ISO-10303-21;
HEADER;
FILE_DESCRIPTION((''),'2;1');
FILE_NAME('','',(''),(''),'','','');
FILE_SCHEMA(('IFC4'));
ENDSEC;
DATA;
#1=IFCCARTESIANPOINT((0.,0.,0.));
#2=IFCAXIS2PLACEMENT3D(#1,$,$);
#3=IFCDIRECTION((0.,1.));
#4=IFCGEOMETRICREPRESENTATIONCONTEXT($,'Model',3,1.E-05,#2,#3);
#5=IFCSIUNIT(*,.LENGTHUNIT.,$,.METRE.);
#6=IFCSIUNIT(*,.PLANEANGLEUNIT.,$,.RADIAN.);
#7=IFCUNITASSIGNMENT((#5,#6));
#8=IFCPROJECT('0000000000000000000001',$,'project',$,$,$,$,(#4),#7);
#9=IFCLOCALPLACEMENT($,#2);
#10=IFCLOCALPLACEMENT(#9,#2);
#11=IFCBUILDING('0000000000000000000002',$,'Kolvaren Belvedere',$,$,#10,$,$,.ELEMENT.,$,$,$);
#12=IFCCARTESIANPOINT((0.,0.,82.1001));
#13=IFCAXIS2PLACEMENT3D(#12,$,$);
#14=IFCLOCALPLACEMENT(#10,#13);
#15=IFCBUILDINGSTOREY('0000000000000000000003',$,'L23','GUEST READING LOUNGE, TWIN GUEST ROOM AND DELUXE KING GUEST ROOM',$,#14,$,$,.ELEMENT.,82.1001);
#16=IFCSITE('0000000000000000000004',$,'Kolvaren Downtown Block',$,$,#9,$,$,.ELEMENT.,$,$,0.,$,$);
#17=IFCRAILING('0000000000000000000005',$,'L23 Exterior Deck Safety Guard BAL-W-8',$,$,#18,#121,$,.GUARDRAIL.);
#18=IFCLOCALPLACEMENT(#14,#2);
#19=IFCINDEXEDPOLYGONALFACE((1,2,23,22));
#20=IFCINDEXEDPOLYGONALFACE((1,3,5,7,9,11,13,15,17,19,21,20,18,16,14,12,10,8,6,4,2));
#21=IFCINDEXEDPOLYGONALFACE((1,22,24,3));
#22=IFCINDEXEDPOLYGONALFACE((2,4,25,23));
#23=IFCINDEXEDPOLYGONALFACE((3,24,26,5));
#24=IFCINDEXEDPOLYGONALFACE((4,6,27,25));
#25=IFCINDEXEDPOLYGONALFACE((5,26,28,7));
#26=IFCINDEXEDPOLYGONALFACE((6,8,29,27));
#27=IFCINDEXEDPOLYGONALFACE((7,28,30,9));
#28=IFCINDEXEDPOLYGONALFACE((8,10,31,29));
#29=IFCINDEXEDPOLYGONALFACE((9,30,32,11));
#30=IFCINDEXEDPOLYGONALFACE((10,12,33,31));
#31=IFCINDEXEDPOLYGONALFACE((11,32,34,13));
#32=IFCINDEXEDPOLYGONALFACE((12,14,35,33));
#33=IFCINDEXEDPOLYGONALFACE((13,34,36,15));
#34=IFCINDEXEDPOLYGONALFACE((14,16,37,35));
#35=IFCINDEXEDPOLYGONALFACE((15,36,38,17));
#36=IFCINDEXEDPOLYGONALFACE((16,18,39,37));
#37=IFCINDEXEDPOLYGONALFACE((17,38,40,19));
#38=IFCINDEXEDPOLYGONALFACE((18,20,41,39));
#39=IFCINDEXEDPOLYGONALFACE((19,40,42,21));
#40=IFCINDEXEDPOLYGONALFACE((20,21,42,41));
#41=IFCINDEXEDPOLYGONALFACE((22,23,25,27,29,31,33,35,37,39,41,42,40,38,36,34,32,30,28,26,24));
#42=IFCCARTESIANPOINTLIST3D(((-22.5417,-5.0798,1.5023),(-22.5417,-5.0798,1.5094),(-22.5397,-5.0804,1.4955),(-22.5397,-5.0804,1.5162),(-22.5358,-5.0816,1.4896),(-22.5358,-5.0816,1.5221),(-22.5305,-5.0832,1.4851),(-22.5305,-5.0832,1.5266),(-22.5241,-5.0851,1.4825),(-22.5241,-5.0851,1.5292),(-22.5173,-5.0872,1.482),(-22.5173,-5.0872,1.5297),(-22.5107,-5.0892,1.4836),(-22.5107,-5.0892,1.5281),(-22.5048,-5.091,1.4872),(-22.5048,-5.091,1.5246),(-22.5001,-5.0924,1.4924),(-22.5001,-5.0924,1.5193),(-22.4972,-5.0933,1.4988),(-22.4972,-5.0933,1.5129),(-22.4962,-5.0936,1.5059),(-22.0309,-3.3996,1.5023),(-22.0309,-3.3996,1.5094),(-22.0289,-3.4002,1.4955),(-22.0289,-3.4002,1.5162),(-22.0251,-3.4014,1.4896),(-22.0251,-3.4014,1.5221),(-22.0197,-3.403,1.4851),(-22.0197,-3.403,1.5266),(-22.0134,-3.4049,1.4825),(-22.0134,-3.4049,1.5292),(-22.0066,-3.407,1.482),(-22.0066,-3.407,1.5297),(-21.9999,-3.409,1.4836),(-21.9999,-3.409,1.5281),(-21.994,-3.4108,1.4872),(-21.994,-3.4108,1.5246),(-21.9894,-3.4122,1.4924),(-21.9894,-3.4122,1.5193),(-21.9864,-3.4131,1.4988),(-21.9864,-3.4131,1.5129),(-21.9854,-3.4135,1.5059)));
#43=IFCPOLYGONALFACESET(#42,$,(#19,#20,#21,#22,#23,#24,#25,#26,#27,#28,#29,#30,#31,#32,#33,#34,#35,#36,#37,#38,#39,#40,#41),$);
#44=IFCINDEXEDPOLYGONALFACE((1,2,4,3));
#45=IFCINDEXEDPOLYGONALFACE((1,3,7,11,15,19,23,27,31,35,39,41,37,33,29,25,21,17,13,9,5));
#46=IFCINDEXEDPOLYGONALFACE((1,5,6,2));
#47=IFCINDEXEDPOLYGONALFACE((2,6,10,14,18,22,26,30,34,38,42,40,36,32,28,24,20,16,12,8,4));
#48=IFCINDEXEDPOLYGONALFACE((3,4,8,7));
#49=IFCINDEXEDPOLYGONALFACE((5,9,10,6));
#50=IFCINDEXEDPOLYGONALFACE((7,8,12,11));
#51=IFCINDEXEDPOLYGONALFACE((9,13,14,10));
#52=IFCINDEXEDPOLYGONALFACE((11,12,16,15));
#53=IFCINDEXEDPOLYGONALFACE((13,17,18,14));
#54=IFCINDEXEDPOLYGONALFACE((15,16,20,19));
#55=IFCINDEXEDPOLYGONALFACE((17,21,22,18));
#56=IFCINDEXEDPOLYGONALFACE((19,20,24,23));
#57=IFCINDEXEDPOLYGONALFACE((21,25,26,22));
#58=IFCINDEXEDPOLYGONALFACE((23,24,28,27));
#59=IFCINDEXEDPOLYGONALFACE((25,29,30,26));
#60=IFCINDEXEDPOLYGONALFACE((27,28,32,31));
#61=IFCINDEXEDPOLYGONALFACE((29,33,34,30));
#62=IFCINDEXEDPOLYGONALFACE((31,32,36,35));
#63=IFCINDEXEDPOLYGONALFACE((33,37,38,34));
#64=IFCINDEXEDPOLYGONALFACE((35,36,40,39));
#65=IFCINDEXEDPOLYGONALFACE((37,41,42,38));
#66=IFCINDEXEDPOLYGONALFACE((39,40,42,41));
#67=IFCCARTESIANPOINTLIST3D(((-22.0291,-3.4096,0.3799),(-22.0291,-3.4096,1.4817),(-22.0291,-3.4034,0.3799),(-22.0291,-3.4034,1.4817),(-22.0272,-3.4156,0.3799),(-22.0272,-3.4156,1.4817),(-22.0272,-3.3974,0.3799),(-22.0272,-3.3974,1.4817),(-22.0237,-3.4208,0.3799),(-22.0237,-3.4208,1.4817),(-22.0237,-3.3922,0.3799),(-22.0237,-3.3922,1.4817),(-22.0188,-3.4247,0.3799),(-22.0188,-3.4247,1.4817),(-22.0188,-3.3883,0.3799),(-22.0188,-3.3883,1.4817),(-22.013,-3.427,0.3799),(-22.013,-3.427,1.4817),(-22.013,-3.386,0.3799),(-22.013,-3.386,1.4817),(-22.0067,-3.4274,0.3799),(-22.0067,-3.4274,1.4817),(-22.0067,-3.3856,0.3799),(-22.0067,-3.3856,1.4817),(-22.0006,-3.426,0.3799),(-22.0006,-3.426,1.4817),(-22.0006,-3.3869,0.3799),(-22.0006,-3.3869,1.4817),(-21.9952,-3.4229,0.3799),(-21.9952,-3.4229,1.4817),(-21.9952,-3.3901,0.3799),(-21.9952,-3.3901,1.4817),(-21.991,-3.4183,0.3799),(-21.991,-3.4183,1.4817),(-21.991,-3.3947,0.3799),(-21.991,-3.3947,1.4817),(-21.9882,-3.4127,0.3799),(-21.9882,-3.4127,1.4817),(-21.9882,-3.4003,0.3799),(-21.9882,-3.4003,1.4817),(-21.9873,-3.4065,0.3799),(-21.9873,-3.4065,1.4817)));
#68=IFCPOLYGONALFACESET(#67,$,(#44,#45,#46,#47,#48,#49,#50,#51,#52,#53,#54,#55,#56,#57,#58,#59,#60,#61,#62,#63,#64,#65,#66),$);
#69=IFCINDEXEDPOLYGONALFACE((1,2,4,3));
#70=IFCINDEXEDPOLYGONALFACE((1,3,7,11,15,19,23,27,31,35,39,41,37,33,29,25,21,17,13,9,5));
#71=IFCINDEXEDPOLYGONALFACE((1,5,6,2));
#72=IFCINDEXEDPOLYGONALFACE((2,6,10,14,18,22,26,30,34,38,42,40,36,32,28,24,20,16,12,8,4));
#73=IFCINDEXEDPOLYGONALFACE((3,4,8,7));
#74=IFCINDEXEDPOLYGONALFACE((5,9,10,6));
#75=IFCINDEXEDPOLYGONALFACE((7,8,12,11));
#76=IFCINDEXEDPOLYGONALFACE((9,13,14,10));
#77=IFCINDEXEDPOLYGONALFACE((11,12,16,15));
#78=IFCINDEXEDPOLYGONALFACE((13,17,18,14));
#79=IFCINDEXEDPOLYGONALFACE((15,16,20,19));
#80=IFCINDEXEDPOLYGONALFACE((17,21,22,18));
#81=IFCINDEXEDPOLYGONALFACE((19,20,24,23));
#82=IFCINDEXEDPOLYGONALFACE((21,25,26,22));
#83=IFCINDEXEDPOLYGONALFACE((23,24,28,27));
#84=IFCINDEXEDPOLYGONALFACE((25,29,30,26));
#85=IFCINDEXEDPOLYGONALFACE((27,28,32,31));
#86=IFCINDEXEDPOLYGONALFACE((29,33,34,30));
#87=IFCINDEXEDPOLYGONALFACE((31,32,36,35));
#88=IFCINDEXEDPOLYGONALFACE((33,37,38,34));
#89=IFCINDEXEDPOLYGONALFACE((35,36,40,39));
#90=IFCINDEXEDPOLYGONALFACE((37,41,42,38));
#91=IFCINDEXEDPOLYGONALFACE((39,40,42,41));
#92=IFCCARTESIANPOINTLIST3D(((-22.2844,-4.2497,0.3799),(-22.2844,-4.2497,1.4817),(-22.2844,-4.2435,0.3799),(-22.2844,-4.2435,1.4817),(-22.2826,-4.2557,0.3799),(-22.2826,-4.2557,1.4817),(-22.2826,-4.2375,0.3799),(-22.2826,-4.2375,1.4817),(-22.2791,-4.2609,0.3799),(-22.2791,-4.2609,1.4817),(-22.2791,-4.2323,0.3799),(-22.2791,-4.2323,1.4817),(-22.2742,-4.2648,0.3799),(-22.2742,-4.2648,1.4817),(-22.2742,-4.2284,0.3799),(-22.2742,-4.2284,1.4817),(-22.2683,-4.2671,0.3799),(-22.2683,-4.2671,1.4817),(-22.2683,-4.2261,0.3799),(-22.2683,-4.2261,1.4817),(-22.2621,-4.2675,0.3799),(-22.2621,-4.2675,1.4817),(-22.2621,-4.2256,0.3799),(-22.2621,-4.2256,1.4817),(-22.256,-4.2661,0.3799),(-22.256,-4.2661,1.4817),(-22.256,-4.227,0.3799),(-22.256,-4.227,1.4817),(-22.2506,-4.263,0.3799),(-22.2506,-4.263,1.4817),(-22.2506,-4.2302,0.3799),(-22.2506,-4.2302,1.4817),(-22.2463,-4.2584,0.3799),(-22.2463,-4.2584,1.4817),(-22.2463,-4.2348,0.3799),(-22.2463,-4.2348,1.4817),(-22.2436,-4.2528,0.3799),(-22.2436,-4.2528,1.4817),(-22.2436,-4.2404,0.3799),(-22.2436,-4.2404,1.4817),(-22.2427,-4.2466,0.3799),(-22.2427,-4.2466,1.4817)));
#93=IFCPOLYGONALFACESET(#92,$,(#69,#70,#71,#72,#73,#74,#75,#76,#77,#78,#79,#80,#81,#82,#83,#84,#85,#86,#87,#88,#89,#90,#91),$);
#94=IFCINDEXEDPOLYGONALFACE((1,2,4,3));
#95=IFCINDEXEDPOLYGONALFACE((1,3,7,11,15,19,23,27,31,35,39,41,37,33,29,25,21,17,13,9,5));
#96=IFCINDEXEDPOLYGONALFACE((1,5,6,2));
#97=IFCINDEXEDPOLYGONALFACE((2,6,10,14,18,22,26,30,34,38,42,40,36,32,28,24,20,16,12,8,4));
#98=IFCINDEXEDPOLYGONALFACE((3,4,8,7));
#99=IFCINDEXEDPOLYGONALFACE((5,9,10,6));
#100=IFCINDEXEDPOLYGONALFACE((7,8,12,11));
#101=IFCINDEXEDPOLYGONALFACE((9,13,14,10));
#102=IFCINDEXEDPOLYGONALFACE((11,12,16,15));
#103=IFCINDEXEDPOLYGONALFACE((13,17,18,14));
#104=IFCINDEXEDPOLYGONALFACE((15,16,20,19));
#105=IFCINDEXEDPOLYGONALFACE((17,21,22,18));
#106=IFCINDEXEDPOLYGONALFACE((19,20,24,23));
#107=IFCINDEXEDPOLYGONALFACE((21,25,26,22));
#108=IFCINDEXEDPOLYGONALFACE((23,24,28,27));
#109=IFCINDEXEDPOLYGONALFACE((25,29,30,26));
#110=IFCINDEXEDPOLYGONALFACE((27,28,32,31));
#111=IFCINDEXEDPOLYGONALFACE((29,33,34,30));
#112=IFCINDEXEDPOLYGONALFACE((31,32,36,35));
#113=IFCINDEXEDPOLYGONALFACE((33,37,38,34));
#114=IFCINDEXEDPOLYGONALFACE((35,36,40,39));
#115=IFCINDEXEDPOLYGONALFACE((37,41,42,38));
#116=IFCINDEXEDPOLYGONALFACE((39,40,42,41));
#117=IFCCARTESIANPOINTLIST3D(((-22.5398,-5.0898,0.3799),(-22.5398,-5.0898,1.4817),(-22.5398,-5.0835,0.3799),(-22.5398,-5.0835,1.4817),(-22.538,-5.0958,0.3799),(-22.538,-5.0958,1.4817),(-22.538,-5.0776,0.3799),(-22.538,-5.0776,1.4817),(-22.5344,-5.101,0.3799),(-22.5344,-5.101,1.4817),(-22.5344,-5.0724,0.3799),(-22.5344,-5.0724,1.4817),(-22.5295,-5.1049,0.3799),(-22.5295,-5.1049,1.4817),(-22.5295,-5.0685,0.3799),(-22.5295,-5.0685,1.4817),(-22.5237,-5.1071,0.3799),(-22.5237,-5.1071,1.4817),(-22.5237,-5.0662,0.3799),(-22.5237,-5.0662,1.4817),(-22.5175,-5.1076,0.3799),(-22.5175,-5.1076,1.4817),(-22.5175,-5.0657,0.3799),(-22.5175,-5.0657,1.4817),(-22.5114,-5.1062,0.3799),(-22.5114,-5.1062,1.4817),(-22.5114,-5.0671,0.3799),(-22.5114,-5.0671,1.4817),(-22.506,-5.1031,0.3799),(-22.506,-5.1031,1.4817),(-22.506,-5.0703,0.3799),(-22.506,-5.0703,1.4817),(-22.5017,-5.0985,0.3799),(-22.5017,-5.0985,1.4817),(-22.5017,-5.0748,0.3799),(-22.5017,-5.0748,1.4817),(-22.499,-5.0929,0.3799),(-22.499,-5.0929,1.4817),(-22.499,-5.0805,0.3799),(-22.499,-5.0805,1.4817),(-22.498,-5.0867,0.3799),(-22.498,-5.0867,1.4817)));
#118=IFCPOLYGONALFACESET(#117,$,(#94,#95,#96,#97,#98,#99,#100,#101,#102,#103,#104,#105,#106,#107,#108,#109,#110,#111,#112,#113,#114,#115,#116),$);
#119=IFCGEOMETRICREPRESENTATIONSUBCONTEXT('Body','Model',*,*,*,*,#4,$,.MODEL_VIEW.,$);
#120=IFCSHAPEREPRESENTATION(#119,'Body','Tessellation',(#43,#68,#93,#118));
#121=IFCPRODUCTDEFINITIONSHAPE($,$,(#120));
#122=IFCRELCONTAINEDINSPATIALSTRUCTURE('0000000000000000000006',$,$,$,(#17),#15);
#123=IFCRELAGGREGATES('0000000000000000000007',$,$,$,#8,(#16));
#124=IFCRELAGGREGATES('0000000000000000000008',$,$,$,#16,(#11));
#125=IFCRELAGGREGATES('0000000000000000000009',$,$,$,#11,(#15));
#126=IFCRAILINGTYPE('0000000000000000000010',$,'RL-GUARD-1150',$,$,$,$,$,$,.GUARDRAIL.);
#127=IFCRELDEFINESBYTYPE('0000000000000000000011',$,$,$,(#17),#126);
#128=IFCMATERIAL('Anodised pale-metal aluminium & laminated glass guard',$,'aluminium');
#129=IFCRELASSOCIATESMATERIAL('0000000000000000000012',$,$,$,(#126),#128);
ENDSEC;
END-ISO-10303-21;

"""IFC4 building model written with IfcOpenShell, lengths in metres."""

from ifc_helpers import new_model, si_unit, direction, frame, origin, origin_2d, place, context, subcontext, project, spatial, circle, extrude, material, type_object, element, save


model = new_model("IFC4")

# Units and contexts
model_context = context("Model", 3, precision=1e-05, world=origin(), true_north=direction((0.0, 1.0)))
body_context = subcontext(model_context, "Body", "Model", "MODEL_VIEW")
ifc_project = project(units=[si_unit("LENGTHUNIT", "METRE"), si_unit("PLANEANGLEUNIT", "RADIAN")], contexts=[model_context])

# Site, building, storey
site_placement = place(None, origin())
site = spatial("IfcSite", under=ifc_project, at=site_placement, Name="Kolvaren Downtown Block", CompositionType="ELEMENT", RefElevation=0.0)
building_placement = place(site_placement, origin())
building = spatial("IfcBuilding", under=site, at=building_placement, Name="Kolvaren Belvedere", CompositionType="ELEMENT")
storey_placement = place(building_placement, frame((0.0, 0.0, 82.1001)))
storey = spatial("IfcBuildingStorey", under=building, at=storey_placement, Name="L23", Description="GUEST READING LOUNGE, TWIN GUEST ROOM AND DELUXE KING GUEST ROOM", CompositionType="ELEMENT", Elevation=82.1001)

# Railing
ifc_material_1 = material(Name="Anodised pale-metal aluminium & laminated glass guard", Category="aluminium")
railing_type = type_object("IfcRailingType", Name="RL-GUARD-1150", PredefinedType="GUARDRAIL", material=ifc_material_1)
railing_1_placement = place(storey_placement, frame((-22.0083, -3.4065, 0.3799)))
element("IfcRailing", 1, at=railing_1_placement, inside=storey, type_object=railing_type, Name="L23 Exterior Deck Safety Guard BAL-W-8", PredefinedType="GUARDRAIL", context=body_context, shape_type="SweptSolid", body=[
    extrude(circle(Radius=0.0239, at=origin_2d()), frame((0.0, 0.0, 1.126), z_axis=(-0.290841, -0.956771, 0.0), x_axis=(0.956771, -0.290841, 0.0)), (0.0, 0.0, 1.0), 1.7561),
    extrude(circle(Radius=0.021, at=origin_2d()), origin(), (0.0, 0.0, 1.0), 1.1018),
    extrude(circle(Radius=0.021, at=origin_2d()), frame((-0.2554, -0.8401, 0.0)), (0.0, 0.0, 1.0), 1.1018),
    extrude(circle(Radius=0.021, at=origin_2d()), frame((-0.5107, -1.6802, 0.0)), (0.0, 0.0, 1.0), 1.1018),
])

save(model, "model.ifc")
